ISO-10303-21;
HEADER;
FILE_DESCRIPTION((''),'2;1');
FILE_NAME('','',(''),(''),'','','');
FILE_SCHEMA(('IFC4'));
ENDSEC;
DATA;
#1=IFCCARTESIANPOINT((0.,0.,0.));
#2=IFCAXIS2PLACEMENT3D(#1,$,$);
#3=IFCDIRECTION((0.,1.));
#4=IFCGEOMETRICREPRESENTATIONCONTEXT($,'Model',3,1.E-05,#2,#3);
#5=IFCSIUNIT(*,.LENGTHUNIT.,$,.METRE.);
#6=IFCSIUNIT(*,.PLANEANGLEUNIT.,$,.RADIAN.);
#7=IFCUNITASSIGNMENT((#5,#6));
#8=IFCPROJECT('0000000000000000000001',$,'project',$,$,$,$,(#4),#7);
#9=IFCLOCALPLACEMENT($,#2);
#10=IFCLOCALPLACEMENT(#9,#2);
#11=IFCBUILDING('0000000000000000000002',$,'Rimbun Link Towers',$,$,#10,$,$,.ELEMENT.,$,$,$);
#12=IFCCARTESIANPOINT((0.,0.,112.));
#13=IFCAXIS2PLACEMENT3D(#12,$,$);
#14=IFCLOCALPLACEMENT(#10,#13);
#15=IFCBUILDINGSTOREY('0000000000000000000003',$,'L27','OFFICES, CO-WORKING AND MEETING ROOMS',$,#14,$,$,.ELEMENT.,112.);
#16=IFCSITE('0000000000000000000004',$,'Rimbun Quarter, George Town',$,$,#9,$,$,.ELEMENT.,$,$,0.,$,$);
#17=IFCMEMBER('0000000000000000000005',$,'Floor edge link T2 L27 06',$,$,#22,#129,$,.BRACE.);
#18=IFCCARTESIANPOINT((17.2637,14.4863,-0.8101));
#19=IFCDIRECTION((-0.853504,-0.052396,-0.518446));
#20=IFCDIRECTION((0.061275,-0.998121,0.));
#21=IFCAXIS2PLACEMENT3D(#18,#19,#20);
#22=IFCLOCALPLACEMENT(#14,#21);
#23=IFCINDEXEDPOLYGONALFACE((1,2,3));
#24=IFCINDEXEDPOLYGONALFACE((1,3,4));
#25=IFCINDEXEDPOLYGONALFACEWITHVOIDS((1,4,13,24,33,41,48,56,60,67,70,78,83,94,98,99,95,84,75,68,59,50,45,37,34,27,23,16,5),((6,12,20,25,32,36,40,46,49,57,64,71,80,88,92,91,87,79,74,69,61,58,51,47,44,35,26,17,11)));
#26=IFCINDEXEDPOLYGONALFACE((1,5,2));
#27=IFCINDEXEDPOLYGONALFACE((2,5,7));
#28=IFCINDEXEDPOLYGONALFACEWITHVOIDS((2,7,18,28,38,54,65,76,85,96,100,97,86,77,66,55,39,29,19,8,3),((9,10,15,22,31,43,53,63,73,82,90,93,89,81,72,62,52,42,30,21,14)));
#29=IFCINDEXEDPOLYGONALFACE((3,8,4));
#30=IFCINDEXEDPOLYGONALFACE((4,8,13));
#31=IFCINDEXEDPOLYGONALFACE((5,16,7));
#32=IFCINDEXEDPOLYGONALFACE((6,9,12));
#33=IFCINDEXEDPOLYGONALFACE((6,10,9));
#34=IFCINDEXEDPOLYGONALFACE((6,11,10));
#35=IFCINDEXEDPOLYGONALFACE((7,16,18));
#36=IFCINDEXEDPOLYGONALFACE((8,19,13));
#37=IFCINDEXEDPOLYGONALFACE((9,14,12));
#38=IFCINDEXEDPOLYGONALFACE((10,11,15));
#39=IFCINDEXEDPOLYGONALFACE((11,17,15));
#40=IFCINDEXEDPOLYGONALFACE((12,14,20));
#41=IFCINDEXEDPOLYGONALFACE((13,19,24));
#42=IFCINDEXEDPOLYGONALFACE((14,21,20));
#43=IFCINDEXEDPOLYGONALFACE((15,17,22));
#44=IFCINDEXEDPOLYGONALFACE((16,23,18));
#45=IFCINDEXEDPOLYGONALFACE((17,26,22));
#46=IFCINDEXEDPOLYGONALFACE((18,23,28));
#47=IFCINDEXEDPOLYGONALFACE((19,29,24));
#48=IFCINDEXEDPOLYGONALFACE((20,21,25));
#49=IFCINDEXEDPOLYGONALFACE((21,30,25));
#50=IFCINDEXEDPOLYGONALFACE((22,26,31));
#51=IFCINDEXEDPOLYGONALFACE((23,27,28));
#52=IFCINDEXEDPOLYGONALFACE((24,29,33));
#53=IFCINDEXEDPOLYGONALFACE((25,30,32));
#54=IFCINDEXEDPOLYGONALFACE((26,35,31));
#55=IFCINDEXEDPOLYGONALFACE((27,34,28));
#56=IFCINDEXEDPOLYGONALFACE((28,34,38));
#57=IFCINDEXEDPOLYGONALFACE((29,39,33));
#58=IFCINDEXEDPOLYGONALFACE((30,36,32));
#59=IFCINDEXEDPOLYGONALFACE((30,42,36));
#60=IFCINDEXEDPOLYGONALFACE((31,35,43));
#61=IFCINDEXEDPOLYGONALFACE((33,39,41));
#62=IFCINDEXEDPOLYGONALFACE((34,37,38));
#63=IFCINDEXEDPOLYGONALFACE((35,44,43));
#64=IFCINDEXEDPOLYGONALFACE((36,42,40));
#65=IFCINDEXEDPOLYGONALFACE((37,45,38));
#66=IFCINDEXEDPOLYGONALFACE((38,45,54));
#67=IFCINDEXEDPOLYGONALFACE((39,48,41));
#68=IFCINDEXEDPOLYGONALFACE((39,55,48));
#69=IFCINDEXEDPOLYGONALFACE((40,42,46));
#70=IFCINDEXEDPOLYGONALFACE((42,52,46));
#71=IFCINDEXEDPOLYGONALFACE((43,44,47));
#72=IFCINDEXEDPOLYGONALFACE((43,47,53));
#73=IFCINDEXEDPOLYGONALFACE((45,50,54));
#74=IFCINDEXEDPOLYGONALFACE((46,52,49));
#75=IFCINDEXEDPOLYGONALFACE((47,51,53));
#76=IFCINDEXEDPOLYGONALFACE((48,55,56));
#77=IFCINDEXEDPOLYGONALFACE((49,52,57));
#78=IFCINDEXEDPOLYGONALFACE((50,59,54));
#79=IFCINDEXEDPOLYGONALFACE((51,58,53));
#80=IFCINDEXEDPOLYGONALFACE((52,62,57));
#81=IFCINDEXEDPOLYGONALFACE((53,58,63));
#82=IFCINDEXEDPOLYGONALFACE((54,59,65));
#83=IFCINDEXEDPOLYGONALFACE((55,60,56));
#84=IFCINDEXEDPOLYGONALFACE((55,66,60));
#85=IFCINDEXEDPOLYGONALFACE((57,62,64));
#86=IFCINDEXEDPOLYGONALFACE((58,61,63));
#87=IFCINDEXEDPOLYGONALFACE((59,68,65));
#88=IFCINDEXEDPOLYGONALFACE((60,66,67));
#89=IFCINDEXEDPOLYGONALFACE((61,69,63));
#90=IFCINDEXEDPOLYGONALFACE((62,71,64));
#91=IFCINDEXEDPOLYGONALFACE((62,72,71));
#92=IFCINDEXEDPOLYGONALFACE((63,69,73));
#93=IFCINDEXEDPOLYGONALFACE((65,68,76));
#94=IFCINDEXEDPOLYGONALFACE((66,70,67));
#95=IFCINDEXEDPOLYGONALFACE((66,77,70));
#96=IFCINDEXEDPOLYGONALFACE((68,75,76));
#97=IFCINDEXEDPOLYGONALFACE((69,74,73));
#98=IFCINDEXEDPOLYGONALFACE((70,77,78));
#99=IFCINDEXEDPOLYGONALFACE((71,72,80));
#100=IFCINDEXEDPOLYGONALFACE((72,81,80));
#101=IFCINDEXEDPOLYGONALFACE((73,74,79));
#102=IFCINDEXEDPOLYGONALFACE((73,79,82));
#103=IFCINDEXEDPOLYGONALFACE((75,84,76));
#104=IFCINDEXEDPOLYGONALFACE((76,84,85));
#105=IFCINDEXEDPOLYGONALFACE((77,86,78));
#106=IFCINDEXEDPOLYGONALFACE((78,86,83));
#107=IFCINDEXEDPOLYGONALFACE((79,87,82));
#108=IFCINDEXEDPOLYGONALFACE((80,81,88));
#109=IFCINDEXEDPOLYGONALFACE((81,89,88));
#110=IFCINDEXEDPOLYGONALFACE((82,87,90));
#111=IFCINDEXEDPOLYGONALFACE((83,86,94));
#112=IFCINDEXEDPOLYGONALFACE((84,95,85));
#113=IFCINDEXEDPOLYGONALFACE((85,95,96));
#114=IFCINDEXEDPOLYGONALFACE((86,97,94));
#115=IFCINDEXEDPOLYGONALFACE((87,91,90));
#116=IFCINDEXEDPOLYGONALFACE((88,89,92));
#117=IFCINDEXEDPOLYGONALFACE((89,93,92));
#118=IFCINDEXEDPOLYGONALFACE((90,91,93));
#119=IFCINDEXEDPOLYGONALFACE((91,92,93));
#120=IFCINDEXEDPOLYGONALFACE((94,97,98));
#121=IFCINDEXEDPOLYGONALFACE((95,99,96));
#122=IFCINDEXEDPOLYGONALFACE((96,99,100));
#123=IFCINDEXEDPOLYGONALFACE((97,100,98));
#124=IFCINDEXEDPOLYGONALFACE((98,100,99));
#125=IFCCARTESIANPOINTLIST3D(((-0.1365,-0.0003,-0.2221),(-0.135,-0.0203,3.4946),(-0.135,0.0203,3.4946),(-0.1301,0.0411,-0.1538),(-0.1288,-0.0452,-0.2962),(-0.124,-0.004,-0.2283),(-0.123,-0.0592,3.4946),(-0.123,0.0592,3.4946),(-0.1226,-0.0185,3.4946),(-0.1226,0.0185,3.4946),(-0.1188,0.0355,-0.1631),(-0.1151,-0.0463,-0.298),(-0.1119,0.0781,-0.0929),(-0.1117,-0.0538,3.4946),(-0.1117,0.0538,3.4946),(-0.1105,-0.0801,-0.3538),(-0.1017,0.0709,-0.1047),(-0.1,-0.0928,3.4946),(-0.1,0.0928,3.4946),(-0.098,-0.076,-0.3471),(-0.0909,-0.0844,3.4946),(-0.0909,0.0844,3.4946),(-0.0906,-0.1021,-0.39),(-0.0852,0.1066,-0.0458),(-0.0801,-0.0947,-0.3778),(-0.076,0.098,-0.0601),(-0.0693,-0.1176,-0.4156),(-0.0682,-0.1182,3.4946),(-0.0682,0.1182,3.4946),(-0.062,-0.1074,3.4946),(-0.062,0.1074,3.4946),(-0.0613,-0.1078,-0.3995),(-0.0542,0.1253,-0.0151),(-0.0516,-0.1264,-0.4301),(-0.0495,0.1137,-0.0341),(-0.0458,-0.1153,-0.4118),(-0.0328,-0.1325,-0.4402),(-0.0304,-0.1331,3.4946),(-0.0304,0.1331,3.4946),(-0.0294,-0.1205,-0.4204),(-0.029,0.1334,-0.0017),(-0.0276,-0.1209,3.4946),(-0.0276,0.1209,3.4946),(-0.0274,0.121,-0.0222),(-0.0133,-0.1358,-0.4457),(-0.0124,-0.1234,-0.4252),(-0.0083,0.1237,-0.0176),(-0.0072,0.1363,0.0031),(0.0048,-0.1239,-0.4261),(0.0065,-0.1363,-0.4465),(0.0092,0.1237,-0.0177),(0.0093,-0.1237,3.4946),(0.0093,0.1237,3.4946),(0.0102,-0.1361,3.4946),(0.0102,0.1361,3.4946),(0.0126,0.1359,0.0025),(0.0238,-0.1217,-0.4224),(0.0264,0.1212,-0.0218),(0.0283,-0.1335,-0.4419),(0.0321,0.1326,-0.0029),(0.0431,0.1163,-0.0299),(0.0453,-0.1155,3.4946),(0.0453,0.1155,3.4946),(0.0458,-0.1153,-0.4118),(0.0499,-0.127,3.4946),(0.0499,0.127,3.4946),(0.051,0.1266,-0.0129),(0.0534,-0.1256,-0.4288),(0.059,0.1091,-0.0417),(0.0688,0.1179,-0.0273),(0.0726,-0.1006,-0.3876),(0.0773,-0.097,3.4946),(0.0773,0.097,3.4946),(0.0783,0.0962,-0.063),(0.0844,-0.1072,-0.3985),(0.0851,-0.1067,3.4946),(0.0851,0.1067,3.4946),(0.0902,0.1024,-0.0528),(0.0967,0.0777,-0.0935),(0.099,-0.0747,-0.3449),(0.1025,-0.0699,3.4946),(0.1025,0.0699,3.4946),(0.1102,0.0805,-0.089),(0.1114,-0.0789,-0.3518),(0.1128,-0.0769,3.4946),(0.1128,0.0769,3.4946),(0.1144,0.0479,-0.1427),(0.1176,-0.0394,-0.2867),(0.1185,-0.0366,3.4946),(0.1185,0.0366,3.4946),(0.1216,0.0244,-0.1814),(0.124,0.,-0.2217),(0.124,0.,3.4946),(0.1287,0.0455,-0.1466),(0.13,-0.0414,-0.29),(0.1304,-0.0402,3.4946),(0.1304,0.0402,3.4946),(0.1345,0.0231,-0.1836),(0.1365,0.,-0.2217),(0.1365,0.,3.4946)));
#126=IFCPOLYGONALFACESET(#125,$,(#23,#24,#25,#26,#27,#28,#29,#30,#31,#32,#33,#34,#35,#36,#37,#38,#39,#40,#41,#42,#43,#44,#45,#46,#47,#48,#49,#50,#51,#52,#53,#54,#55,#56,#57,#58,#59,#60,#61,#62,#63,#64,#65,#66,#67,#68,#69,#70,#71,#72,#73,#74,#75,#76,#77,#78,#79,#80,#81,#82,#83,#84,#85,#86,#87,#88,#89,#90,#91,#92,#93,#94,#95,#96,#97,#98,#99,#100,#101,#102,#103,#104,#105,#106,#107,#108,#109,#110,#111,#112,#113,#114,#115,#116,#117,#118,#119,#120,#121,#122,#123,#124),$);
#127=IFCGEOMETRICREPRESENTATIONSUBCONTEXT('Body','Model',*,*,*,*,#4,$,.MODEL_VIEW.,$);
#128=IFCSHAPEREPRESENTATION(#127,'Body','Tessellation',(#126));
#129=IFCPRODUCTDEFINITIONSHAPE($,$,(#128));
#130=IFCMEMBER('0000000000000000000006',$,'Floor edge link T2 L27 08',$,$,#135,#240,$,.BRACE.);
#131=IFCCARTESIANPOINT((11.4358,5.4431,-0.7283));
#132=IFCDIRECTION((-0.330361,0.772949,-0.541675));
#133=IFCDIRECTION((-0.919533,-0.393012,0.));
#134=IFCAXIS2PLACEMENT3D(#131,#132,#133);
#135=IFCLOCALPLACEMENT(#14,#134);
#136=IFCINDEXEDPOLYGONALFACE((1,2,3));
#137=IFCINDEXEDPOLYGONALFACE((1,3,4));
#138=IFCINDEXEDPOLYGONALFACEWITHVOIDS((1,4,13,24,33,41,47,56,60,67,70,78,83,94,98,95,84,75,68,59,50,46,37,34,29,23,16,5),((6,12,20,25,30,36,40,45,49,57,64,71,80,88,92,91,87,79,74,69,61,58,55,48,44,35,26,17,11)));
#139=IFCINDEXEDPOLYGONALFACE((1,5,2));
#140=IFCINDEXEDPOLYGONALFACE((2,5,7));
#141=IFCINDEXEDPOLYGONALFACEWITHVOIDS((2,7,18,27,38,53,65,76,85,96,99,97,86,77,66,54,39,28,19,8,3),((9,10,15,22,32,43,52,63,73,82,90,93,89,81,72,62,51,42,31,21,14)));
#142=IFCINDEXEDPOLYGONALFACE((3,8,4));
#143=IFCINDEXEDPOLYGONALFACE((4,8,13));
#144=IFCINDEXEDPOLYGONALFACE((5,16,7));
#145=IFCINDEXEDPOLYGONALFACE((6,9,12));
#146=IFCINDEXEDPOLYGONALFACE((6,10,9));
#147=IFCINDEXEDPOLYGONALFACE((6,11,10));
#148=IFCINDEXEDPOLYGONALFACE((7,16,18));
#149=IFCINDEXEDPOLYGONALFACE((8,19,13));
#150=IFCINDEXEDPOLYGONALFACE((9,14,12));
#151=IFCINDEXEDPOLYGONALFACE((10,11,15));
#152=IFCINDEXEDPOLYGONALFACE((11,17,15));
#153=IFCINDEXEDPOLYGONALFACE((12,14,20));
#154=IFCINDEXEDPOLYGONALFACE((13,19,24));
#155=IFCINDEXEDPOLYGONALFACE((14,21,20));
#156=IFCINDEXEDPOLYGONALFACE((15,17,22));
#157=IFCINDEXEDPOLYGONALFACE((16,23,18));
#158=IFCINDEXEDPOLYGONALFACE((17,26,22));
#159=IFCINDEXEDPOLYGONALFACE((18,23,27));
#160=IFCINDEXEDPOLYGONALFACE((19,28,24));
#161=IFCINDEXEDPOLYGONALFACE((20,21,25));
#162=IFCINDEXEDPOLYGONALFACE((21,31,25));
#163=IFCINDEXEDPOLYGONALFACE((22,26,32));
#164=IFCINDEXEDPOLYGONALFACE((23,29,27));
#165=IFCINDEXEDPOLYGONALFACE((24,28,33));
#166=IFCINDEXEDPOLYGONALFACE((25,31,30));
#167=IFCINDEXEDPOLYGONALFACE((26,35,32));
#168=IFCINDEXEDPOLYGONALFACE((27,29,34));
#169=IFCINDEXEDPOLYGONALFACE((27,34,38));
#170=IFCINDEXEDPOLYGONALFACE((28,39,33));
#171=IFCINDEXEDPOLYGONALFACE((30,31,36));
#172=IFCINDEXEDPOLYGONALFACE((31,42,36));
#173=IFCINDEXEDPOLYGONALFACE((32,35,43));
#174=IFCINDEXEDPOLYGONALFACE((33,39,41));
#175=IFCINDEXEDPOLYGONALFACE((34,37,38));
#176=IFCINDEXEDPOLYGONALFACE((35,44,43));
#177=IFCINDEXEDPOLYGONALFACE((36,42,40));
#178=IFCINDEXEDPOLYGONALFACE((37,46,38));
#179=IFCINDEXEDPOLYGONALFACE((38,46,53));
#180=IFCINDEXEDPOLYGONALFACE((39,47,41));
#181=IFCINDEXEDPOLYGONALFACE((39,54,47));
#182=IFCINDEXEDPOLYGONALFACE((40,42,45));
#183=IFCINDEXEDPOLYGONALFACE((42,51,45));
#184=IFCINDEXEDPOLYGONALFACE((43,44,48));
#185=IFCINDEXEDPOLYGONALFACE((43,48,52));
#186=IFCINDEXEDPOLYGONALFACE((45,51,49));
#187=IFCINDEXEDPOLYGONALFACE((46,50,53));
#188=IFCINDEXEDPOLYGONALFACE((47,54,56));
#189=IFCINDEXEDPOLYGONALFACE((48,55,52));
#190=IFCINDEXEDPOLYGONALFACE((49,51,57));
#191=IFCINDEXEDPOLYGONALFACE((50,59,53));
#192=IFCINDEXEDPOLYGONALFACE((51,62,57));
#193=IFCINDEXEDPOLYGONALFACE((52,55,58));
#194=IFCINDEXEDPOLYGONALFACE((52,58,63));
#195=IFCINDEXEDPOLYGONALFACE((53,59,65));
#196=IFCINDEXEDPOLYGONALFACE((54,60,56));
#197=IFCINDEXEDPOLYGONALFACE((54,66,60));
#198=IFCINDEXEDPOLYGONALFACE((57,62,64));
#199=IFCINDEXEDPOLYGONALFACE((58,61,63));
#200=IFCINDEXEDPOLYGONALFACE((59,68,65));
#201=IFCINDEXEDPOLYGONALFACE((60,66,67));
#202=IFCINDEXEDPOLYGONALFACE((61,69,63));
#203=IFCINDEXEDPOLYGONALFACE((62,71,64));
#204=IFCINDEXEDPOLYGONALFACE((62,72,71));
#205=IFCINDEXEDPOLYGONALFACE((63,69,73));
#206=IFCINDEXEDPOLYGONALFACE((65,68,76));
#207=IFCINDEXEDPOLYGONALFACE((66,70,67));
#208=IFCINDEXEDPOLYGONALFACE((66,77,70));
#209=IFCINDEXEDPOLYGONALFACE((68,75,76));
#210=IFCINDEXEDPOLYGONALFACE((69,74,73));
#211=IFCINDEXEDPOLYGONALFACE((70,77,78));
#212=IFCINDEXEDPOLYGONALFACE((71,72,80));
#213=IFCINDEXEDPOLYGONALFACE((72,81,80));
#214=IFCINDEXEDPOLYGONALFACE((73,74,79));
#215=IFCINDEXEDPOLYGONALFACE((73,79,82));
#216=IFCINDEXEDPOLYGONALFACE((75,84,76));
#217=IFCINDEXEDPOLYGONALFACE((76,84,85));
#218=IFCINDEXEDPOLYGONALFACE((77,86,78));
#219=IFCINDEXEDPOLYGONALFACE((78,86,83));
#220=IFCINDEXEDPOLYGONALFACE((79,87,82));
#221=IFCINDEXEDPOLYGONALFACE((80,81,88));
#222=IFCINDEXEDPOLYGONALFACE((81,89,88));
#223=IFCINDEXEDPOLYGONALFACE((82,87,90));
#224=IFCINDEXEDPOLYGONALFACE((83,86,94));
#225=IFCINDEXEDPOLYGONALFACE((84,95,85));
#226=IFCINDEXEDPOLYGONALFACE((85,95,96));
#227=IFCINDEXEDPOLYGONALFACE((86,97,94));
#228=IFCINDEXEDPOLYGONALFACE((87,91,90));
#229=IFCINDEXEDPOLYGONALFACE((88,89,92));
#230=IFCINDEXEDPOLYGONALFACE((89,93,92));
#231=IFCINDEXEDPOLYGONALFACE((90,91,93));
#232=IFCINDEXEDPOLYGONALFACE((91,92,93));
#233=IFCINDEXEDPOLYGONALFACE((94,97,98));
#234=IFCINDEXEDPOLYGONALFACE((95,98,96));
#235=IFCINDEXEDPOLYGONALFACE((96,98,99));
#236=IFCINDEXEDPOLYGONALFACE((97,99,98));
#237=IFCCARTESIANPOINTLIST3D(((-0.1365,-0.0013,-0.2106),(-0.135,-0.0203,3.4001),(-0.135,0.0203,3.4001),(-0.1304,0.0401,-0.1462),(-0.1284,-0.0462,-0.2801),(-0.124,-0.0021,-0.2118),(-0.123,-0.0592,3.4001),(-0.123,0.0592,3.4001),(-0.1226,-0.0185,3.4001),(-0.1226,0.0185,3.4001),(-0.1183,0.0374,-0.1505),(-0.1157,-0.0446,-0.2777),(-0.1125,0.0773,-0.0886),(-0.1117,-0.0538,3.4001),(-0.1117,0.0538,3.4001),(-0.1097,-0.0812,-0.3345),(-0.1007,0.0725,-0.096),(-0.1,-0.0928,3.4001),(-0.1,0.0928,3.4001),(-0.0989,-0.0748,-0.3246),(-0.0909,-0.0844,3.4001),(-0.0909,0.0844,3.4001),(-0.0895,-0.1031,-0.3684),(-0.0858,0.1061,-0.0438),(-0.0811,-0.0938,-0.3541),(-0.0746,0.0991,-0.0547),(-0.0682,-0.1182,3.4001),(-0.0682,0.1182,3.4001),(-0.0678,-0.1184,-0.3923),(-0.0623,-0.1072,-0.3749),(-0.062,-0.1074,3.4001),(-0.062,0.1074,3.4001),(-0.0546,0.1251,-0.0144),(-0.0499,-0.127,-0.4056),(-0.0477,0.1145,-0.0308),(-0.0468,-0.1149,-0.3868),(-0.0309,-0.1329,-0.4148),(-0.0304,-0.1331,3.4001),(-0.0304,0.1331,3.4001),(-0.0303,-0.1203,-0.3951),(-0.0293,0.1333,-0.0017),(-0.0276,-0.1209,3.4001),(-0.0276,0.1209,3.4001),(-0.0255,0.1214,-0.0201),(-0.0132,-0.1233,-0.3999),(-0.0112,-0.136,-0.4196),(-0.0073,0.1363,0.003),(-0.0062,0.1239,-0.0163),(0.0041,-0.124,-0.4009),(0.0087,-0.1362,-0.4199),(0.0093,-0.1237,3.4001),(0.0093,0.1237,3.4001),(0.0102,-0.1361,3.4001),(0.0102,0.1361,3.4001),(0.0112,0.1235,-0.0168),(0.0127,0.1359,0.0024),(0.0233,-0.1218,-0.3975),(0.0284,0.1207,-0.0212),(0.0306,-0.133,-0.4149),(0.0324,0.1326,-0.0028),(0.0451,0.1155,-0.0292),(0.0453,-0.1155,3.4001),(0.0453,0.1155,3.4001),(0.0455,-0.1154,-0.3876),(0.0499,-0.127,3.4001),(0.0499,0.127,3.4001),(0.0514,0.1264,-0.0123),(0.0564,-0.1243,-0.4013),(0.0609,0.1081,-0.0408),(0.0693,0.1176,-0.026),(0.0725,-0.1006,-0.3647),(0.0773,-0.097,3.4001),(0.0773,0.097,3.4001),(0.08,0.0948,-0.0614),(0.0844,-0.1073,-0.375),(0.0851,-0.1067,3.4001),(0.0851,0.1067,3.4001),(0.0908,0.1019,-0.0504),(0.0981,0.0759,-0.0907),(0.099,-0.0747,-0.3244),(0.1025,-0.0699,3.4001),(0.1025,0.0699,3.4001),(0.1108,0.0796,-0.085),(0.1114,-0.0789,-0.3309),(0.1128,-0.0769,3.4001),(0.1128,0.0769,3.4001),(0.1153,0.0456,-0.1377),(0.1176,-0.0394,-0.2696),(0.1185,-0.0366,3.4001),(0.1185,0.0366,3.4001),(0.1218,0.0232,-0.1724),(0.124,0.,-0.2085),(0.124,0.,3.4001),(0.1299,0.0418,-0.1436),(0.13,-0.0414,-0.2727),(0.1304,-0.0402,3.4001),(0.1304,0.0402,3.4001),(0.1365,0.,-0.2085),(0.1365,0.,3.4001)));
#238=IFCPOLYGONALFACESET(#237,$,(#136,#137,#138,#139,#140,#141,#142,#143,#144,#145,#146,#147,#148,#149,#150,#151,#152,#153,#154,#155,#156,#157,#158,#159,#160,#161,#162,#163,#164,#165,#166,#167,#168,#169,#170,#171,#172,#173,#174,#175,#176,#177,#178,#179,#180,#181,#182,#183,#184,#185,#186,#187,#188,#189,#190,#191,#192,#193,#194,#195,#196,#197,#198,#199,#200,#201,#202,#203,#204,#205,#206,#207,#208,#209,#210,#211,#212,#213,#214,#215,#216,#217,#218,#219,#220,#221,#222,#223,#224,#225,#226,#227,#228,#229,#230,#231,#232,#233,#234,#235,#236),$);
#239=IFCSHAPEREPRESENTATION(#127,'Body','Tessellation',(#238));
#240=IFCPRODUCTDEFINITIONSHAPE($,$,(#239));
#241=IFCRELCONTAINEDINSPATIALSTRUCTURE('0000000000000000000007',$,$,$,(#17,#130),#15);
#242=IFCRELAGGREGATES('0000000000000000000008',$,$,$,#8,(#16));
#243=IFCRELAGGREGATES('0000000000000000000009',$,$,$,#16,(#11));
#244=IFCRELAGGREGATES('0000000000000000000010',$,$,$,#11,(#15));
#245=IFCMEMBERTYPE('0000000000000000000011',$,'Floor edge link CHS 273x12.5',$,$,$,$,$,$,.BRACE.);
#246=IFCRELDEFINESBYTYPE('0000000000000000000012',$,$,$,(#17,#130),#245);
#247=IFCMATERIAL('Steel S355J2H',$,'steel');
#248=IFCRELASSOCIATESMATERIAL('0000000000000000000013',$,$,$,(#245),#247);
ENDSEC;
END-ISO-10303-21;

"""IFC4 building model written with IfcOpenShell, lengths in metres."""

from ifc_helpers import new_model, si_unit, direction, frame, origin, origin_2d, place, context, subcontext, project, spatial, hollow_circle, extrude, clip, halfspace, material, material_profile, profile_set, type_object, element, save


model = new_model("IFC4")

# Units and contexts
model_context = context("Model", 3, precision=1e-05, world=origin(), true_north=direction((0.0, 1.0)))
body_context = subcontext(model_context, "Body", "Model", "MODEL_VIEW")
ifc_project = project(units=[si_unit("LENGTHUNIT", "METRE"), si_unit("PLANEANGLEUNIT", "RADIAN")], contexts=[model_context])

# Site, building, storey
site_placement = place(None, origin())
site = spatial("IfcSite", under=ifc_project, at=site_placement, Name="Rimbun Quarter, George Town", CompositionType="ELEMENT", RefElevation=0.0)
building_placement = place(site_placement, origin())
building = spatial("IfcBuilding", under=site, at=building_placement, Name="Rimbun Link Towers", CompositionType="ELEMENT")
storey_placement = place(building_placement, frame((0.0, 0.0, 112.0)))
storey = spatial("IfcBuildingStorey", under=building, at=storey_placement, Name="L27", Description="OFFICES, CO-WORKING AND MEETING ROOMS", CompositionType="ELEMENT", Elevation=112.0)

# Members
ifc_material_1 = material(Name="Steel S355J2H", Category="steel")
ifc_material_profile_1 = material_profile(ifc_material_1, hollow_circle(Radius=0.1365, WallThickness=0.0125, at=origin_2d()), Name="CHS 273x12.5")
ifc_profile_set_1 = profile_set([ifc_material_profile_1], Name="Steel S355J2H")
member_type_1 = type_object("IfcMemberType", Name="Floor edge link CHS 273x12.5", PredefinedType="BRACE", material=ifc_profile_set_1)
member_1_placement = place(storey_placement, frame((17.2637, 14.4863, -0.8101), z_axis=(-0.853504, -0.052396, -0.518446), x_axis=(0.061275, -0.998121, 0.0)))
element("IfcMember", 1, at=member_1_placement, inside=storey, type_object=member_type_1, Name="Floor edge link T2 L27 06", PredefinedType="BRACE", context=body_context, shape_type="Clipping", body=[
    clip(extrude(hollow_circle(Radius=0.1365, WallThickness=0.0125, at=origin_2d()), frame((0.0, 0.0, -0.4695)), (0.0, 0.0, 1.0), 3.9641), halfspace(frame((0.0, 0.0, -0.2217), z_axis=(0.0, 0.855111, -0.518446)), False)),
])
member_2_placement = place(storey_placement, frame((11.4358, 5.4431, -0.7283), z_axis=(-0.330361, 0.772949, -0.541675), x_axis=(-0.919533, -0.393012, 0.0)))
element("IfcMember", 2, at=member_2_placement, inside=storey, type_object=member_type_1, Name="Floor edge link T2 L27 08", PredefinedType="BRACE", context=body_context, shape_type="Clipping", body=[
    clip(extrude(hollow_circle(Radius=0.1365, WallThickness=0.0125, at=origin_2d()), frame((0.0, 0.0, -0.4421)), (0.0, 0.0, 1.0), 3.8423), halfspace(frame((0.0, 0.0, -0.2085), z_axis=(0.0, 0.840588, -0.541675)), False)),
])

save(model, "model.ifc")
